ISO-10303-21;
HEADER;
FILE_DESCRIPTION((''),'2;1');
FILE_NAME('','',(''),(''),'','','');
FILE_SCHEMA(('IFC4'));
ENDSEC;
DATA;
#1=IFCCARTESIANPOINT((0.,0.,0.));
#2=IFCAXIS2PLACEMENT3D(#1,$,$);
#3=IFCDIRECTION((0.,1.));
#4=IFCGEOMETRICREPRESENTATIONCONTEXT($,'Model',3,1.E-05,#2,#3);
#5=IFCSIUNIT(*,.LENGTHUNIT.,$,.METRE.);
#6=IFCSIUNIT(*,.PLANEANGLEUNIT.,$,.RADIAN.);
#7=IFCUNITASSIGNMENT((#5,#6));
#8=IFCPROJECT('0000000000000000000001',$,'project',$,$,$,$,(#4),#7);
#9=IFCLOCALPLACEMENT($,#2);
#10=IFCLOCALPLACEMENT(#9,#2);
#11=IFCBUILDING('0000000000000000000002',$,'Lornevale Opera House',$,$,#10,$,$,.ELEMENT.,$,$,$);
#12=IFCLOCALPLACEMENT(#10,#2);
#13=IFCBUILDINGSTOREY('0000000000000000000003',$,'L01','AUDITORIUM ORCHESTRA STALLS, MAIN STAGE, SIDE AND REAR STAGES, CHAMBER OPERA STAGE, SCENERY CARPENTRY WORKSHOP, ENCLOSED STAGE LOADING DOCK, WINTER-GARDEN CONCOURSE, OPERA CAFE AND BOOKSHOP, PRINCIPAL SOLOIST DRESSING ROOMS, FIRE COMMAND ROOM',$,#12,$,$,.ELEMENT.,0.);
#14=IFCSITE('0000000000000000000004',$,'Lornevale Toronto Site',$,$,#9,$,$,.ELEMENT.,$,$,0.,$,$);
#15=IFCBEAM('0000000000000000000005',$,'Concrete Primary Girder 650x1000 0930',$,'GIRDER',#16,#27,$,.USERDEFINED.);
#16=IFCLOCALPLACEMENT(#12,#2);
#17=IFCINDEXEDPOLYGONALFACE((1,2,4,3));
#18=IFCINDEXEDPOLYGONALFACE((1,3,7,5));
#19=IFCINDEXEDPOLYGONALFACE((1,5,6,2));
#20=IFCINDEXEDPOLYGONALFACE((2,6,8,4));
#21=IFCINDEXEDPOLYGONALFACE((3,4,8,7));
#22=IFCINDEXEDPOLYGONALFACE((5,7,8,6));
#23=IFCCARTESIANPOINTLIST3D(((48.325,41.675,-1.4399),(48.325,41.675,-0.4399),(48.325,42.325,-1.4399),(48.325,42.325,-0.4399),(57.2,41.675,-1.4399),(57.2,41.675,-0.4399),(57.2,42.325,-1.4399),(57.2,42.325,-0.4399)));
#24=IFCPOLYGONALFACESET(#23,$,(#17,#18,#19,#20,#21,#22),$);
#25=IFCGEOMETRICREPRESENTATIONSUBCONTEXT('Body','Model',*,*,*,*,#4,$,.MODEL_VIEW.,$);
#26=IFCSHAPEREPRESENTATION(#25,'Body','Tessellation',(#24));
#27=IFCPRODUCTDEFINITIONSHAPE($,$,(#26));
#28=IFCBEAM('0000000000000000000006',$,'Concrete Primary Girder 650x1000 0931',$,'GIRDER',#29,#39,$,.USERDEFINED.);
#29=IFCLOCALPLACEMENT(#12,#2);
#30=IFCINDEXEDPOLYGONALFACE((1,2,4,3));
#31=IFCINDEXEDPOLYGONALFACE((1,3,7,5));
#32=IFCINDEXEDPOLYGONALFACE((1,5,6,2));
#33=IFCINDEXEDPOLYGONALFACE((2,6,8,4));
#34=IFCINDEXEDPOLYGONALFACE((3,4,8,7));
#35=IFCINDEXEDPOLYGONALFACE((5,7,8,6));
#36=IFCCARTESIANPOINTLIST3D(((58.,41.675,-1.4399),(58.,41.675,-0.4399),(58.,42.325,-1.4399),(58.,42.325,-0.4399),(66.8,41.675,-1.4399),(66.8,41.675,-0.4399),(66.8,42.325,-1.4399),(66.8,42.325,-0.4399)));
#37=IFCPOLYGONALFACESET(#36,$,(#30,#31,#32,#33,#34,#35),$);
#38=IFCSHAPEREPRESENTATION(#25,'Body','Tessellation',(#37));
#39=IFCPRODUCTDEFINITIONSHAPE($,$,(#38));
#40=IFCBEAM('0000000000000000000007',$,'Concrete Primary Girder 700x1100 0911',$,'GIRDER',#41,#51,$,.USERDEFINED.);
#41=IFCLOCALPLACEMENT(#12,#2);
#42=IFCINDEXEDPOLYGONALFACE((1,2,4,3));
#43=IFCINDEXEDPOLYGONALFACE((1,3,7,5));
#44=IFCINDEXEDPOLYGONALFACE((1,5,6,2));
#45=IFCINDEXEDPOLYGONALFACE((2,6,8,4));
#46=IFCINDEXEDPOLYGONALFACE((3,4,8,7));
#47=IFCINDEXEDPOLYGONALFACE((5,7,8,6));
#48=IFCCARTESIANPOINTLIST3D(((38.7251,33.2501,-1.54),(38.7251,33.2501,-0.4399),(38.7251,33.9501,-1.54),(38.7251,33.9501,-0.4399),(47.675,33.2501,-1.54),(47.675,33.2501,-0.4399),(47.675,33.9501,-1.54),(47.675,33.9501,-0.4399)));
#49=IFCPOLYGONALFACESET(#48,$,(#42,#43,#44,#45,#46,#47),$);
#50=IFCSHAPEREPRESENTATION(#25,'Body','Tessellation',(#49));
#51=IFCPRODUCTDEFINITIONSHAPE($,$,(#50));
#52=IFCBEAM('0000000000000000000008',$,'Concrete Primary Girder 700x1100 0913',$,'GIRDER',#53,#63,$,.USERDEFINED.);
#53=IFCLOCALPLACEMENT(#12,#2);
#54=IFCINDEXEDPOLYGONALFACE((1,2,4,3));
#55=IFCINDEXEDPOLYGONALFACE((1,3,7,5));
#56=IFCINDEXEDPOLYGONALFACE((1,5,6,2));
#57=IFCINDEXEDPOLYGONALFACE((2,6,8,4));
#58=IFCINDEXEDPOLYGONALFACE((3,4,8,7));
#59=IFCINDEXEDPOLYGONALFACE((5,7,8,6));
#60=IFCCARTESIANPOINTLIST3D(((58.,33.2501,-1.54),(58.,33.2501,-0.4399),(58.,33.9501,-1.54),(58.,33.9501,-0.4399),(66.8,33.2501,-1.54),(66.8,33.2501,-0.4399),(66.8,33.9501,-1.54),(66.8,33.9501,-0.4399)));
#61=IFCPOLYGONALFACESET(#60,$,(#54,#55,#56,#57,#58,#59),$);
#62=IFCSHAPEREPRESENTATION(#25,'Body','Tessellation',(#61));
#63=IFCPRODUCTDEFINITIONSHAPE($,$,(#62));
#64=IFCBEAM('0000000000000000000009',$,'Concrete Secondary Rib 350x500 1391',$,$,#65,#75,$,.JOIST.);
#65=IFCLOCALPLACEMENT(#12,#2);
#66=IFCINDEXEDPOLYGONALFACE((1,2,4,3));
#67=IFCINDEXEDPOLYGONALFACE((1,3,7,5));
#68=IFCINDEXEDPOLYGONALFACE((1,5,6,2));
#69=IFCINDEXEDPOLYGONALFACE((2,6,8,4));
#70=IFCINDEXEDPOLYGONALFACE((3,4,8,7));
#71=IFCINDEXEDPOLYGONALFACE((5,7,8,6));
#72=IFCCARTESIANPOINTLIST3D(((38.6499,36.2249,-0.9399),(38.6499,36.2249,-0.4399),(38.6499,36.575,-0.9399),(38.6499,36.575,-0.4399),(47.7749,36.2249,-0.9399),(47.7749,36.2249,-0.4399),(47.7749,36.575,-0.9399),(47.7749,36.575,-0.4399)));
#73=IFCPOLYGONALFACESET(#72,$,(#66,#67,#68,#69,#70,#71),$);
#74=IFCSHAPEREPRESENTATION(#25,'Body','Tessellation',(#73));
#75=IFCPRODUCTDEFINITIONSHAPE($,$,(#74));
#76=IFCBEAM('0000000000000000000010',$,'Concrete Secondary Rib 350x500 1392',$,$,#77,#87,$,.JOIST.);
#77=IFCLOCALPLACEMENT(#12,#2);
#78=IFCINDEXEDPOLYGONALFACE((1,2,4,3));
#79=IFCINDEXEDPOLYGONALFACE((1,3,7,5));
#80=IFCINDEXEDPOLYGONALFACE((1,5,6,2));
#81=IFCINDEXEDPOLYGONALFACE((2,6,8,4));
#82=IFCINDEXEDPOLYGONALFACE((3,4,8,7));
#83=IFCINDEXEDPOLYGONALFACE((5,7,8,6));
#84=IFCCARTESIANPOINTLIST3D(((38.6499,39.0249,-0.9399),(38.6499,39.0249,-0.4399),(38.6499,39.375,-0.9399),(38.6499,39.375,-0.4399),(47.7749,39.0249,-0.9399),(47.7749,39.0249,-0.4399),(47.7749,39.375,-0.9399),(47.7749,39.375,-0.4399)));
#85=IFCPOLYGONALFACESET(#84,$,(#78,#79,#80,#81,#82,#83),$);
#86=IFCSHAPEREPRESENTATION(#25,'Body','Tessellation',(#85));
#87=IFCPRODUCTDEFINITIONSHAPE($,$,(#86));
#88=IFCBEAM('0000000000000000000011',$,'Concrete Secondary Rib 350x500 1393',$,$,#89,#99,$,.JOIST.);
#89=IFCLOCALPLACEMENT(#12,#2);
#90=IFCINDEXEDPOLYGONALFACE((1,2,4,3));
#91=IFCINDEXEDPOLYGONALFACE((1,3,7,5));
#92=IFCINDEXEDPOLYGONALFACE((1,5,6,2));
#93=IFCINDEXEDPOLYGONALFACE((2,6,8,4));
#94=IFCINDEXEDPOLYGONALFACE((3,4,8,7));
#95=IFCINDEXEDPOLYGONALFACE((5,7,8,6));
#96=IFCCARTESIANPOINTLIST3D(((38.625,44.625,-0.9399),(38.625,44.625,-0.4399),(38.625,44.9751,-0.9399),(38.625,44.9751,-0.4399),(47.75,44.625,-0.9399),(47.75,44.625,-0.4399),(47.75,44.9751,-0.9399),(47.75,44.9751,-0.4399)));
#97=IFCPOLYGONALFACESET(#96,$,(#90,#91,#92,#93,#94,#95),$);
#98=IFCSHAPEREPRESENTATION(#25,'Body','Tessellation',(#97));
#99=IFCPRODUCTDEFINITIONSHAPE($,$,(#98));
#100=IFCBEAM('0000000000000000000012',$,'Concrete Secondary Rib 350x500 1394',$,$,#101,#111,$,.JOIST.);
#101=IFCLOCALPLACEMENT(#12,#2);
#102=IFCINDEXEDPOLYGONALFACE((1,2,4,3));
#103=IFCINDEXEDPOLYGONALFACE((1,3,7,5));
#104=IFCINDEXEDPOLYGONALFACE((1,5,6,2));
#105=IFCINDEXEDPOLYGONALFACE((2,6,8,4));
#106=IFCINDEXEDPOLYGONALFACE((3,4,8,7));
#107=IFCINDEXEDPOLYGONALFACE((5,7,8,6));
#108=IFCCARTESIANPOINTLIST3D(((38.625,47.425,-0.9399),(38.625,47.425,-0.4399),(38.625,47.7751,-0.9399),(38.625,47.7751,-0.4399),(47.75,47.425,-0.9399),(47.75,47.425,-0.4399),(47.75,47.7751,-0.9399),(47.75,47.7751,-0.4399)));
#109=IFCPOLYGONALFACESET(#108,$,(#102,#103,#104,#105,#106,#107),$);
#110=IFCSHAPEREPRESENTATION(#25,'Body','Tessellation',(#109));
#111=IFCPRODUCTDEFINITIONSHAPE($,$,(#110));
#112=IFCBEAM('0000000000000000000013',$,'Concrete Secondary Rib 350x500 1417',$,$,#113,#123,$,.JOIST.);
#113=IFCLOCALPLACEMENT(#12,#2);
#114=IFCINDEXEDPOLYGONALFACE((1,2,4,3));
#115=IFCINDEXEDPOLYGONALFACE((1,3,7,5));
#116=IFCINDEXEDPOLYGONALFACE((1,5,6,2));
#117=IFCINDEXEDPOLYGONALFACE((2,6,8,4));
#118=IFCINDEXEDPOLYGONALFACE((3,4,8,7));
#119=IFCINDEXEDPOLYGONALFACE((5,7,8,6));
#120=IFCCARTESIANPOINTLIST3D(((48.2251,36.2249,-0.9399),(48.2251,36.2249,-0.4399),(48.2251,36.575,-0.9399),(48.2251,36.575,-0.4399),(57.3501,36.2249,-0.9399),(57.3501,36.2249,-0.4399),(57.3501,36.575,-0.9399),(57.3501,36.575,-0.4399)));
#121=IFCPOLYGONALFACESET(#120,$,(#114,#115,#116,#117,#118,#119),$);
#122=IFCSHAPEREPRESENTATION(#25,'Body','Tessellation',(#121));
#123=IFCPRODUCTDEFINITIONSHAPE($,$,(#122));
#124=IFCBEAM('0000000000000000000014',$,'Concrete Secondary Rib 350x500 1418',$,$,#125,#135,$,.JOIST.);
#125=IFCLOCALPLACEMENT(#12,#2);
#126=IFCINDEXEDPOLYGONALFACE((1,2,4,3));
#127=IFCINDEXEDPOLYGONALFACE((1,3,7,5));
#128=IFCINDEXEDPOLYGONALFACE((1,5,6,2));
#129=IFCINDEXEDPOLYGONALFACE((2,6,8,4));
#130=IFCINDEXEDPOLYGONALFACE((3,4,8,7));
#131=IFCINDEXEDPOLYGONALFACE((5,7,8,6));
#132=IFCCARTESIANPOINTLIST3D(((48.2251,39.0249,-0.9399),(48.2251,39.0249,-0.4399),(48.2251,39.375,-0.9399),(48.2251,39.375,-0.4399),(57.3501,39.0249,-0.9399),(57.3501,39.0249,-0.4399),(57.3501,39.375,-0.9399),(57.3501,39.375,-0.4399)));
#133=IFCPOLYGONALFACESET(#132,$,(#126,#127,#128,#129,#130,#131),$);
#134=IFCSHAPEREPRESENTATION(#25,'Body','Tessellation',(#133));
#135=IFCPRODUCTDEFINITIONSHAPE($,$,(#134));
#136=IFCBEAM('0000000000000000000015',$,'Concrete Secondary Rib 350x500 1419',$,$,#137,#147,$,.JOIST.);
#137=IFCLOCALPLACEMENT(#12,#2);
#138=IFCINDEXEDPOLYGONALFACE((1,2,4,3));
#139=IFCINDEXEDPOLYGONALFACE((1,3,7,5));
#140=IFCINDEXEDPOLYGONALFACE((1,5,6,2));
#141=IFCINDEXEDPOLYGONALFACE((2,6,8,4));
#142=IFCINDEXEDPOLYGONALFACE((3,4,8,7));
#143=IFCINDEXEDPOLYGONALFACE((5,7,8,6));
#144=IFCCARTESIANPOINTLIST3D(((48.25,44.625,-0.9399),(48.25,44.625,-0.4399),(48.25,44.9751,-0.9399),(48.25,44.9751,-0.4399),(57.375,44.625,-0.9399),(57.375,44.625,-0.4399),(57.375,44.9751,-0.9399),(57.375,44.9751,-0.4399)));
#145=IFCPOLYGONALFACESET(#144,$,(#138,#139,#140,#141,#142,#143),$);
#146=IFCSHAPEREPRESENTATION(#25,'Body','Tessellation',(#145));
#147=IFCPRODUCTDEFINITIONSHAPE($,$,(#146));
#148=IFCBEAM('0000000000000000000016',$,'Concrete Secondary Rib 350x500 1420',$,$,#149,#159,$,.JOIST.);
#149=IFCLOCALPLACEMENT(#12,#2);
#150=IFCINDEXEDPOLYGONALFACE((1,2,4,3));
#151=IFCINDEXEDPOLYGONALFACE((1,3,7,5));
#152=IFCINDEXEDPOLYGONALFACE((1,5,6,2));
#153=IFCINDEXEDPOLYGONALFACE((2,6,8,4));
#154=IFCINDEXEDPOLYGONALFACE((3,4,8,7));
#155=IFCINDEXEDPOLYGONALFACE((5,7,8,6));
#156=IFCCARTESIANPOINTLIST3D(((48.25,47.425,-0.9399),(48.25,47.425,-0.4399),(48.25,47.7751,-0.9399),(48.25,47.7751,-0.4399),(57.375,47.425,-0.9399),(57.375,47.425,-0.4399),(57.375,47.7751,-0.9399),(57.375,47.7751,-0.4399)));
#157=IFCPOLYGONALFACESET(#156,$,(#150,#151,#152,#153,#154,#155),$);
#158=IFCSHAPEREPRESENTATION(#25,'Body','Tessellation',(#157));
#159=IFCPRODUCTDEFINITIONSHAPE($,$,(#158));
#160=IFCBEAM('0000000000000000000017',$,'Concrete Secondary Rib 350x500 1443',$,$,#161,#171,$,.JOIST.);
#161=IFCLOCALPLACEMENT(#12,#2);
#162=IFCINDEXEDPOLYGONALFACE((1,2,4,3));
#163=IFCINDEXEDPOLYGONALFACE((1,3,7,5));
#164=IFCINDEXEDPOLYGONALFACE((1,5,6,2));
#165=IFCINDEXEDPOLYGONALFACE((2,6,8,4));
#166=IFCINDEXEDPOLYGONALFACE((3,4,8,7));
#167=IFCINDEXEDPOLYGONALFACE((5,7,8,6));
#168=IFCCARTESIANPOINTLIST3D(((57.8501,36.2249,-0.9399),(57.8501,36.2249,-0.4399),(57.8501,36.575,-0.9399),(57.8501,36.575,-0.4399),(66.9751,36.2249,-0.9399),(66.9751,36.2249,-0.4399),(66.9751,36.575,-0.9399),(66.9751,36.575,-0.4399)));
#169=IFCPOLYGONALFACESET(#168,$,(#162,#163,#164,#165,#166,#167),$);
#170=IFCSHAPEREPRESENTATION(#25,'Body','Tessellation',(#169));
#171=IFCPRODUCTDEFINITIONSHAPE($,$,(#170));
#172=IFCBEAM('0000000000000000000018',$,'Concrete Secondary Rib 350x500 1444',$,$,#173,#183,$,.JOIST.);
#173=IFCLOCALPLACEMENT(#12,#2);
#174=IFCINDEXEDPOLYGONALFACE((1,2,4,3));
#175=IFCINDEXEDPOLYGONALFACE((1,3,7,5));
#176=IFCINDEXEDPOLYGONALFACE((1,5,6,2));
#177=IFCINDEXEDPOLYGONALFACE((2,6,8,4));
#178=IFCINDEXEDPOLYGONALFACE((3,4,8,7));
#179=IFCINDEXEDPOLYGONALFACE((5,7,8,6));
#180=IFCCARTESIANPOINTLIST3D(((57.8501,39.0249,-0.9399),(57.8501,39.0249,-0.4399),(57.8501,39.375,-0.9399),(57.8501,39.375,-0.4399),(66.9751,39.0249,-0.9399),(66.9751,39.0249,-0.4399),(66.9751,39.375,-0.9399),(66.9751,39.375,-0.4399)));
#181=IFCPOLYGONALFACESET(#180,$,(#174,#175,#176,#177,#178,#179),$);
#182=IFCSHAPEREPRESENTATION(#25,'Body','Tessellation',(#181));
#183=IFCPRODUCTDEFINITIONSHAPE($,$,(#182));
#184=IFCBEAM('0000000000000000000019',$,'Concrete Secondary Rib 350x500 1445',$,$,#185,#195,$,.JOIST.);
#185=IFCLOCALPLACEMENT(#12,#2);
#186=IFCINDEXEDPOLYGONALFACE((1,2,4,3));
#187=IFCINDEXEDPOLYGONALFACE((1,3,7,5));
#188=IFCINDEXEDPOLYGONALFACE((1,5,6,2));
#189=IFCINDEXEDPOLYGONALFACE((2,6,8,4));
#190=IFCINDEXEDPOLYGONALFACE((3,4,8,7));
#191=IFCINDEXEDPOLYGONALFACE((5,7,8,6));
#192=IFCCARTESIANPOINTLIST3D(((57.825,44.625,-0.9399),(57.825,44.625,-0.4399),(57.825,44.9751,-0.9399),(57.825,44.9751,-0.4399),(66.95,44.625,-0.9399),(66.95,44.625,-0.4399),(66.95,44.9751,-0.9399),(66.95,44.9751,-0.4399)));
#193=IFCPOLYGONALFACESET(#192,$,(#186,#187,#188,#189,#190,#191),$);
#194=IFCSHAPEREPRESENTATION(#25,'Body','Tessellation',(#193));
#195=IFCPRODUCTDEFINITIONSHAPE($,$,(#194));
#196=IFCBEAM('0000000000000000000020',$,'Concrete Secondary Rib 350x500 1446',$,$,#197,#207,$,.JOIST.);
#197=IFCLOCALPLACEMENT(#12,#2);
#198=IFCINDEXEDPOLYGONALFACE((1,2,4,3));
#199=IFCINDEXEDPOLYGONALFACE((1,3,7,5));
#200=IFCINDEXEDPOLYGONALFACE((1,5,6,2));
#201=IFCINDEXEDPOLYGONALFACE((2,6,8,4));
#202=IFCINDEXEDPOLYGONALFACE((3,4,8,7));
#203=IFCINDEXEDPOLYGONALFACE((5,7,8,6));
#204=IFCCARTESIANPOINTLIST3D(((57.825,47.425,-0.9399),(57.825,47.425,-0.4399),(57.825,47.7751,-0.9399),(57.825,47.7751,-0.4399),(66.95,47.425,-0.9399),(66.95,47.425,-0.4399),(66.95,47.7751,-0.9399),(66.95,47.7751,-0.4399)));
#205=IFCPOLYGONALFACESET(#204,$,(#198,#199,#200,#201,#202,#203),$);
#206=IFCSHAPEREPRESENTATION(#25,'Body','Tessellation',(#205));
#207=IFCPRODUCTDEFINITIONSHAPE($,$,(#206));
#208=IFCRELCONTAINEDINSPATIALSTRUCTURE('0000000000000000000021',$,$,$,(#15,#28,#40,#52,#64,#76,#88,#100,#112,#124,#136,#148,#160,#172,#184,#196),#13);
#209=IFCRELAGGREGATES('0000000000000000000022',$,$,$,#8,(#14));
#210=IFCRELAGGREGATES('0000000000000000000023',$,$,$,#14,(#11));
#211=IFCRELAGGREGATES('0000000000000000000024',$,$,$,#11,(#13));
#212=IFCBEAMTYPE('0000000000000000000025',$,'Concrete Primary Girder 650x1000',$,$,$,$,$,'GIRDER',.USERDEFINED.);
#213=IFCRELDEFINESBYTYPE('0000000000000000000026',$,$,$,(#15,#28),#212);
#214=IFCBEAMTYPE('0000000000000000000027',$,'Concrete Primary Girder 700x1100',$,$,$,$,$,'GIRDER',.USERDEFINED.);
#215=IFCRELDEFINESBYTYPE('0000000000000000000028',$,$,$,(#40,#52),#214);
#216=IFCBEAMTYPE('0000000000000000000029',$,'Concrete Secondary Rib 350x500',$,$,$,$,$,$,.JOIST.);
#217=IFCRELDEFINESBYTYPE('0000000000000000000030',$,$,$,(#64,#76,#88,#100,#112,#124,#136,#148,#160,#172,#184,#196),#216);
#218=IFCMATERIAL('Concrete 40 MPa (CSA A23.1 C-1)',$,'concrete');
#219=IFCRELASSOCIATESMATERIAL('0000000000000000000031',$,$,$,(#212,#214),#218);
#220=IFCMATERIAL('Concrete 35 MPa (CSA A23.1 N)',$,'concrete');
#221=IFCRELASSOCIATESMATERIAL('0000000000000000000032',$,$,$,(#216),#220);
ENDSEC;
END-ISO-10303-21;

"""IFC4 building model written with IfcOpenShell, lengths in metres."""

from ifc_helpers import new_model, si_unit, direction, frame, origin, origin_2d, place, context, subcontext, project, spatial, rectangle, extrude, material, material_profile, profile_set, type_object, element, save


model = new_model("IFC4")

# Units and contexts
model_context = context("Model", 3, precision=1e-05, world=origin(), true_north=direction((0.0, 1.0)))
body_context = subcontext(model_context, "Body", "Model", "MODEL_VIEW")
ifc_project = project(units=[si_unit("LENGTHUNIT", "METRE"), si_unit("PLANEANGLEUNIT", "RADIAN")], contexts=[model_context])

# Site, building, storey
site_placement = place(None, origin())
site = spatial("IfcSite", under=ifc_project, at=site_placement, Name="Lornevale Toronto Site", CompositionType="ELEMENT", RefElevation=0.0)
building_placement = place(site_placement, origin())
building = spatial("IfcBuilding", under=site, at=building_placement, Name="Lornevale Opera House", CompositionType="ELEMENT")
storey_placement = place(building_placement, origin())
storey = spatial("IfcBuildingStorey", under=building, at=storey_placement, Name="L01", Description="AUDITORIUM ORCHESTRA STALLS, MAIN STAGE, SIDE AND REAR STAGES, CHAMBER OPERA STAGE, SCENERY CARPENTRY WORKSHOP, ENCLOSED STAGE LOADING DOCK, WINTER-GARDEN CONCOURSE, OPERA CAFE AND BOOKSHOP, PRINCIPAL SOLOIST DRESSING ROOMS, FIRE COMMAND ROOM", CompositionType="ELEMENT", Elevation=0.0)

# Shared definitions
ifc_material_1 = material(Name="Concrete 40 MPa (CSA A23.1 C-1)", Category="concrete")

# Beams
ifc_material_2 = material(Name="Concrete 35 MPa (CSA A23.1 N)", Category="concrete")
ifc_material_profile_1 = material_profile(ifc_material_1, rectangle(XDim=0.6499, YDim=1.0, at=origin_2d()), Name="RC650x1000")
ifc_profile_set_1 = profile_set([ifc_material_profile_1], Name="Concrete 40 MPa (CSA A23.1 C-1)")
beam_type_1 = type_object("IfcBeamType", Name="Concrete Primary Girder 650x1000", ElementType="GIRDER", PredefinedType="USERDEFINED", material=ifc_profile_set_1)
beam_1_placement = place(storey_placement, frame((48.325, 42.0, -0.9399), z_axis=(1.0, 0.0, 0.0), x_axis=(0.0, 1.0, 0.0)))
element("IfcBeam", 1, at=beam_1_placement, inside=storey, type_object=beam_type_1, Name="Concrete Primary Girder 650x1000 0930", ObjectType="GIRDER", PredefinedType="USERDEFINED", context=body_context, shape_type="SweptSolid", body=[
    extrude(rectangle(XDim=0.6499, YDim=1.0, at=origin_2d()), origin(), (0.0, 0.0, 1.0), 8.875),
])
beam_2_placement = place(storey_placement, frame((58.0, 42.0, -0.9399), z_axis=(1.0, 0.0, 0.0), x_axis=(0.0, 1.0, 0.0)))
element("IfcBeam", 2, at=beam_2_placement, inside=storey, type_object=beam_type_1, Name="Concrete Primary Girder 650x1000 0931", ObjectType="GIRDER", PredefinedType="USERDEFINED", context=body_context, shape_type="SweptSolid", body=[
    extrude(rectangle(XDim=0.6499, YDim=1.0, at=origin_2d()), origin(), (0.0, 0.0, 1.0), 8.8),
])
ifc_material_profile_2 = material_profile(ifc_material_1, rectangle(XDim=0.7, YDim=1.1001, at=origin_2d()), Name="RC700x1100")
ifc_profile_set_2 = profile_set([ifc_material_profile_2], Name="Concrete 40 MPa (CSA A23.1 C-1)")
beam_type_2 = type_object("IfcBeamType", Name="Concrete Primary Girder 700x1100", ElementType="GIRDER", PredefinedType="USERDEFINED", material=ifc_profile_set_2)
beam_3_placement = place(storey_placement, frame((38.7251, 33.6001, -0.99), z_axis=(1.0, 0.0, 0.0), x_axis=(0.0, 1.0, 0.0)))
element("IfcBeam", 3, at=beam_3_placement, inside=storey, type_object=beam_type_2, Name="Concrete Primary Girder 700x1100 0911", ObjectType="GIRDER", PredefinedType="USERDEFINED", context=body_context, shape_type="SweptSolid", body=[
    extrude(rectangle(XDim=0.7, YDim=1.1001, at=origin_2d()), origin(), (0.0, 0.0, 1.0), 8.95),
])
beam_4_placement = place(storey_placement, frame((58.0, 33.6001, -0.99), z_axis=(1.0, 0.0, 0.0), x_axis=(0.0, 1.0, 0.0)))
element("IfcBeam", 4, at=beam_4_placement, inside=storey, type_object=beam_type_2, Name="Concrete Primary Girder 700x1100 0913", ObjectType="GIRDER", PredefinedType="USERDEFINED", context=body_context, shape_type="SweptSolid", body=[
    extrude(rectangle(XDim=0.7, YDim=1.1001, at=origin_2d()), origin(), (0.0, 0.0, 1.0), 8.8),
])
ifc_material_profile_3 = material_profile(ifc_material_2, rectangle(XDim=0.3501, YDim=0.5, at=origin_2d()), Name="RC350x500")
ifc_profile_set_3 = profile_set([ifc_material_profile_3], Name="Concrete 35 MPa (CSA A23.1 N)")
beam_type_3 = type_object("IfcBeamType", Name="Concrete Secondary Rib 350x500", PredefinedType="JOIST", material=ifc_profile_set_3)
for number, where, z_axis, x_axis, name in (
    (5, (38.6499, 36.3999, -0.6899), (1.0, 0.0, 0.0), (0.0, 1.0, 0.0), "Concrete Secondary Rib 350x500 1391"),
    (6, (38.6499, 39.2, -0.6899), (1.0, 0.0, 0.0), (0.0, 1.0, 0.0), "Concrete Secondary Rib 350x500 1392"),
    (7, (38.625, 44.8, -0.6899), (1.0, 0.0, 0.0), (0.0, 1.0, 0.0), "Concrete Secondary Rib 350x500 1393"),
    (8, (38.625, 47.6001, -0.6899), (1.0, 0.0, 0.0), (0.0, 1.0, 0.0), "Concrete Secondary Rib 350x500 1394"),
    (9, (48.2251, 36.3999, -0.6899), (1.0, 0.0, 0.0), (0.0, 1.0, 0.0), "Concrete Secondary Rib 350x500 1417"),
    (10, (48.2251, 39.2, -0.6899), (1.0, 0.0, 0.0), (0.0, 1.0, 0.0), "Concrete Secondary Rib 350x500 1418"),
    (11, (48.25, 44.8, -0.6899), (1.0, 0.0, 0.0), (0.0, 1.0, 0.0), "Concrete Secondary Rib 350x500 1419"),
    (12, (48.25, 47.6001, -0.6899), (1.0, 0.0, 0.0), (0.0, 1.0, 0.0), "Concrete Secondary Rib 350x500 1420"),
    (13, (57.8501, 36.3999, -0.6899), (1.0, 0.0, 0.0), (0.0, 1.0, 0.0), "Concrete Secondary Rib 350x500 1443"),
    (14, (57.8501, 39.2, -0.6899), (1.0, 0.0, 0.0), (0.0, 1.0, 0.0), "Concrete Secondary Rib 350x500 1444"),
    (15, (57.825, 44.8, -0.6899), (1.0, 0.0, 0.0), (0.0, 1.0, 0.0), "Concrete Secondary Rib 350x500 1445"),
    (16, (57.825, 47.6001, -0.6899), (1.0, 0.0, 0.0), (0.0, 1.0, 0.0), "Concrete Secondary Rib 350x500 1446"),
):
    element("IfcBeam", number, at=place(storey_placement, frame(where, z_axis=z_axis, x_axis=x_axis)), inside=storey, type_object=beam_type_3, Name=name, PredefinedType="JOIST", context=body_context, shape_type="SweptSolid", body=[
        extrude(rectangle(XDim=0.3501, YDim=0.5, at=origin_2d()), origin(), (0.0, 0.0, 1.0), 9.125),
    ])

save(model, "model.ifc")
